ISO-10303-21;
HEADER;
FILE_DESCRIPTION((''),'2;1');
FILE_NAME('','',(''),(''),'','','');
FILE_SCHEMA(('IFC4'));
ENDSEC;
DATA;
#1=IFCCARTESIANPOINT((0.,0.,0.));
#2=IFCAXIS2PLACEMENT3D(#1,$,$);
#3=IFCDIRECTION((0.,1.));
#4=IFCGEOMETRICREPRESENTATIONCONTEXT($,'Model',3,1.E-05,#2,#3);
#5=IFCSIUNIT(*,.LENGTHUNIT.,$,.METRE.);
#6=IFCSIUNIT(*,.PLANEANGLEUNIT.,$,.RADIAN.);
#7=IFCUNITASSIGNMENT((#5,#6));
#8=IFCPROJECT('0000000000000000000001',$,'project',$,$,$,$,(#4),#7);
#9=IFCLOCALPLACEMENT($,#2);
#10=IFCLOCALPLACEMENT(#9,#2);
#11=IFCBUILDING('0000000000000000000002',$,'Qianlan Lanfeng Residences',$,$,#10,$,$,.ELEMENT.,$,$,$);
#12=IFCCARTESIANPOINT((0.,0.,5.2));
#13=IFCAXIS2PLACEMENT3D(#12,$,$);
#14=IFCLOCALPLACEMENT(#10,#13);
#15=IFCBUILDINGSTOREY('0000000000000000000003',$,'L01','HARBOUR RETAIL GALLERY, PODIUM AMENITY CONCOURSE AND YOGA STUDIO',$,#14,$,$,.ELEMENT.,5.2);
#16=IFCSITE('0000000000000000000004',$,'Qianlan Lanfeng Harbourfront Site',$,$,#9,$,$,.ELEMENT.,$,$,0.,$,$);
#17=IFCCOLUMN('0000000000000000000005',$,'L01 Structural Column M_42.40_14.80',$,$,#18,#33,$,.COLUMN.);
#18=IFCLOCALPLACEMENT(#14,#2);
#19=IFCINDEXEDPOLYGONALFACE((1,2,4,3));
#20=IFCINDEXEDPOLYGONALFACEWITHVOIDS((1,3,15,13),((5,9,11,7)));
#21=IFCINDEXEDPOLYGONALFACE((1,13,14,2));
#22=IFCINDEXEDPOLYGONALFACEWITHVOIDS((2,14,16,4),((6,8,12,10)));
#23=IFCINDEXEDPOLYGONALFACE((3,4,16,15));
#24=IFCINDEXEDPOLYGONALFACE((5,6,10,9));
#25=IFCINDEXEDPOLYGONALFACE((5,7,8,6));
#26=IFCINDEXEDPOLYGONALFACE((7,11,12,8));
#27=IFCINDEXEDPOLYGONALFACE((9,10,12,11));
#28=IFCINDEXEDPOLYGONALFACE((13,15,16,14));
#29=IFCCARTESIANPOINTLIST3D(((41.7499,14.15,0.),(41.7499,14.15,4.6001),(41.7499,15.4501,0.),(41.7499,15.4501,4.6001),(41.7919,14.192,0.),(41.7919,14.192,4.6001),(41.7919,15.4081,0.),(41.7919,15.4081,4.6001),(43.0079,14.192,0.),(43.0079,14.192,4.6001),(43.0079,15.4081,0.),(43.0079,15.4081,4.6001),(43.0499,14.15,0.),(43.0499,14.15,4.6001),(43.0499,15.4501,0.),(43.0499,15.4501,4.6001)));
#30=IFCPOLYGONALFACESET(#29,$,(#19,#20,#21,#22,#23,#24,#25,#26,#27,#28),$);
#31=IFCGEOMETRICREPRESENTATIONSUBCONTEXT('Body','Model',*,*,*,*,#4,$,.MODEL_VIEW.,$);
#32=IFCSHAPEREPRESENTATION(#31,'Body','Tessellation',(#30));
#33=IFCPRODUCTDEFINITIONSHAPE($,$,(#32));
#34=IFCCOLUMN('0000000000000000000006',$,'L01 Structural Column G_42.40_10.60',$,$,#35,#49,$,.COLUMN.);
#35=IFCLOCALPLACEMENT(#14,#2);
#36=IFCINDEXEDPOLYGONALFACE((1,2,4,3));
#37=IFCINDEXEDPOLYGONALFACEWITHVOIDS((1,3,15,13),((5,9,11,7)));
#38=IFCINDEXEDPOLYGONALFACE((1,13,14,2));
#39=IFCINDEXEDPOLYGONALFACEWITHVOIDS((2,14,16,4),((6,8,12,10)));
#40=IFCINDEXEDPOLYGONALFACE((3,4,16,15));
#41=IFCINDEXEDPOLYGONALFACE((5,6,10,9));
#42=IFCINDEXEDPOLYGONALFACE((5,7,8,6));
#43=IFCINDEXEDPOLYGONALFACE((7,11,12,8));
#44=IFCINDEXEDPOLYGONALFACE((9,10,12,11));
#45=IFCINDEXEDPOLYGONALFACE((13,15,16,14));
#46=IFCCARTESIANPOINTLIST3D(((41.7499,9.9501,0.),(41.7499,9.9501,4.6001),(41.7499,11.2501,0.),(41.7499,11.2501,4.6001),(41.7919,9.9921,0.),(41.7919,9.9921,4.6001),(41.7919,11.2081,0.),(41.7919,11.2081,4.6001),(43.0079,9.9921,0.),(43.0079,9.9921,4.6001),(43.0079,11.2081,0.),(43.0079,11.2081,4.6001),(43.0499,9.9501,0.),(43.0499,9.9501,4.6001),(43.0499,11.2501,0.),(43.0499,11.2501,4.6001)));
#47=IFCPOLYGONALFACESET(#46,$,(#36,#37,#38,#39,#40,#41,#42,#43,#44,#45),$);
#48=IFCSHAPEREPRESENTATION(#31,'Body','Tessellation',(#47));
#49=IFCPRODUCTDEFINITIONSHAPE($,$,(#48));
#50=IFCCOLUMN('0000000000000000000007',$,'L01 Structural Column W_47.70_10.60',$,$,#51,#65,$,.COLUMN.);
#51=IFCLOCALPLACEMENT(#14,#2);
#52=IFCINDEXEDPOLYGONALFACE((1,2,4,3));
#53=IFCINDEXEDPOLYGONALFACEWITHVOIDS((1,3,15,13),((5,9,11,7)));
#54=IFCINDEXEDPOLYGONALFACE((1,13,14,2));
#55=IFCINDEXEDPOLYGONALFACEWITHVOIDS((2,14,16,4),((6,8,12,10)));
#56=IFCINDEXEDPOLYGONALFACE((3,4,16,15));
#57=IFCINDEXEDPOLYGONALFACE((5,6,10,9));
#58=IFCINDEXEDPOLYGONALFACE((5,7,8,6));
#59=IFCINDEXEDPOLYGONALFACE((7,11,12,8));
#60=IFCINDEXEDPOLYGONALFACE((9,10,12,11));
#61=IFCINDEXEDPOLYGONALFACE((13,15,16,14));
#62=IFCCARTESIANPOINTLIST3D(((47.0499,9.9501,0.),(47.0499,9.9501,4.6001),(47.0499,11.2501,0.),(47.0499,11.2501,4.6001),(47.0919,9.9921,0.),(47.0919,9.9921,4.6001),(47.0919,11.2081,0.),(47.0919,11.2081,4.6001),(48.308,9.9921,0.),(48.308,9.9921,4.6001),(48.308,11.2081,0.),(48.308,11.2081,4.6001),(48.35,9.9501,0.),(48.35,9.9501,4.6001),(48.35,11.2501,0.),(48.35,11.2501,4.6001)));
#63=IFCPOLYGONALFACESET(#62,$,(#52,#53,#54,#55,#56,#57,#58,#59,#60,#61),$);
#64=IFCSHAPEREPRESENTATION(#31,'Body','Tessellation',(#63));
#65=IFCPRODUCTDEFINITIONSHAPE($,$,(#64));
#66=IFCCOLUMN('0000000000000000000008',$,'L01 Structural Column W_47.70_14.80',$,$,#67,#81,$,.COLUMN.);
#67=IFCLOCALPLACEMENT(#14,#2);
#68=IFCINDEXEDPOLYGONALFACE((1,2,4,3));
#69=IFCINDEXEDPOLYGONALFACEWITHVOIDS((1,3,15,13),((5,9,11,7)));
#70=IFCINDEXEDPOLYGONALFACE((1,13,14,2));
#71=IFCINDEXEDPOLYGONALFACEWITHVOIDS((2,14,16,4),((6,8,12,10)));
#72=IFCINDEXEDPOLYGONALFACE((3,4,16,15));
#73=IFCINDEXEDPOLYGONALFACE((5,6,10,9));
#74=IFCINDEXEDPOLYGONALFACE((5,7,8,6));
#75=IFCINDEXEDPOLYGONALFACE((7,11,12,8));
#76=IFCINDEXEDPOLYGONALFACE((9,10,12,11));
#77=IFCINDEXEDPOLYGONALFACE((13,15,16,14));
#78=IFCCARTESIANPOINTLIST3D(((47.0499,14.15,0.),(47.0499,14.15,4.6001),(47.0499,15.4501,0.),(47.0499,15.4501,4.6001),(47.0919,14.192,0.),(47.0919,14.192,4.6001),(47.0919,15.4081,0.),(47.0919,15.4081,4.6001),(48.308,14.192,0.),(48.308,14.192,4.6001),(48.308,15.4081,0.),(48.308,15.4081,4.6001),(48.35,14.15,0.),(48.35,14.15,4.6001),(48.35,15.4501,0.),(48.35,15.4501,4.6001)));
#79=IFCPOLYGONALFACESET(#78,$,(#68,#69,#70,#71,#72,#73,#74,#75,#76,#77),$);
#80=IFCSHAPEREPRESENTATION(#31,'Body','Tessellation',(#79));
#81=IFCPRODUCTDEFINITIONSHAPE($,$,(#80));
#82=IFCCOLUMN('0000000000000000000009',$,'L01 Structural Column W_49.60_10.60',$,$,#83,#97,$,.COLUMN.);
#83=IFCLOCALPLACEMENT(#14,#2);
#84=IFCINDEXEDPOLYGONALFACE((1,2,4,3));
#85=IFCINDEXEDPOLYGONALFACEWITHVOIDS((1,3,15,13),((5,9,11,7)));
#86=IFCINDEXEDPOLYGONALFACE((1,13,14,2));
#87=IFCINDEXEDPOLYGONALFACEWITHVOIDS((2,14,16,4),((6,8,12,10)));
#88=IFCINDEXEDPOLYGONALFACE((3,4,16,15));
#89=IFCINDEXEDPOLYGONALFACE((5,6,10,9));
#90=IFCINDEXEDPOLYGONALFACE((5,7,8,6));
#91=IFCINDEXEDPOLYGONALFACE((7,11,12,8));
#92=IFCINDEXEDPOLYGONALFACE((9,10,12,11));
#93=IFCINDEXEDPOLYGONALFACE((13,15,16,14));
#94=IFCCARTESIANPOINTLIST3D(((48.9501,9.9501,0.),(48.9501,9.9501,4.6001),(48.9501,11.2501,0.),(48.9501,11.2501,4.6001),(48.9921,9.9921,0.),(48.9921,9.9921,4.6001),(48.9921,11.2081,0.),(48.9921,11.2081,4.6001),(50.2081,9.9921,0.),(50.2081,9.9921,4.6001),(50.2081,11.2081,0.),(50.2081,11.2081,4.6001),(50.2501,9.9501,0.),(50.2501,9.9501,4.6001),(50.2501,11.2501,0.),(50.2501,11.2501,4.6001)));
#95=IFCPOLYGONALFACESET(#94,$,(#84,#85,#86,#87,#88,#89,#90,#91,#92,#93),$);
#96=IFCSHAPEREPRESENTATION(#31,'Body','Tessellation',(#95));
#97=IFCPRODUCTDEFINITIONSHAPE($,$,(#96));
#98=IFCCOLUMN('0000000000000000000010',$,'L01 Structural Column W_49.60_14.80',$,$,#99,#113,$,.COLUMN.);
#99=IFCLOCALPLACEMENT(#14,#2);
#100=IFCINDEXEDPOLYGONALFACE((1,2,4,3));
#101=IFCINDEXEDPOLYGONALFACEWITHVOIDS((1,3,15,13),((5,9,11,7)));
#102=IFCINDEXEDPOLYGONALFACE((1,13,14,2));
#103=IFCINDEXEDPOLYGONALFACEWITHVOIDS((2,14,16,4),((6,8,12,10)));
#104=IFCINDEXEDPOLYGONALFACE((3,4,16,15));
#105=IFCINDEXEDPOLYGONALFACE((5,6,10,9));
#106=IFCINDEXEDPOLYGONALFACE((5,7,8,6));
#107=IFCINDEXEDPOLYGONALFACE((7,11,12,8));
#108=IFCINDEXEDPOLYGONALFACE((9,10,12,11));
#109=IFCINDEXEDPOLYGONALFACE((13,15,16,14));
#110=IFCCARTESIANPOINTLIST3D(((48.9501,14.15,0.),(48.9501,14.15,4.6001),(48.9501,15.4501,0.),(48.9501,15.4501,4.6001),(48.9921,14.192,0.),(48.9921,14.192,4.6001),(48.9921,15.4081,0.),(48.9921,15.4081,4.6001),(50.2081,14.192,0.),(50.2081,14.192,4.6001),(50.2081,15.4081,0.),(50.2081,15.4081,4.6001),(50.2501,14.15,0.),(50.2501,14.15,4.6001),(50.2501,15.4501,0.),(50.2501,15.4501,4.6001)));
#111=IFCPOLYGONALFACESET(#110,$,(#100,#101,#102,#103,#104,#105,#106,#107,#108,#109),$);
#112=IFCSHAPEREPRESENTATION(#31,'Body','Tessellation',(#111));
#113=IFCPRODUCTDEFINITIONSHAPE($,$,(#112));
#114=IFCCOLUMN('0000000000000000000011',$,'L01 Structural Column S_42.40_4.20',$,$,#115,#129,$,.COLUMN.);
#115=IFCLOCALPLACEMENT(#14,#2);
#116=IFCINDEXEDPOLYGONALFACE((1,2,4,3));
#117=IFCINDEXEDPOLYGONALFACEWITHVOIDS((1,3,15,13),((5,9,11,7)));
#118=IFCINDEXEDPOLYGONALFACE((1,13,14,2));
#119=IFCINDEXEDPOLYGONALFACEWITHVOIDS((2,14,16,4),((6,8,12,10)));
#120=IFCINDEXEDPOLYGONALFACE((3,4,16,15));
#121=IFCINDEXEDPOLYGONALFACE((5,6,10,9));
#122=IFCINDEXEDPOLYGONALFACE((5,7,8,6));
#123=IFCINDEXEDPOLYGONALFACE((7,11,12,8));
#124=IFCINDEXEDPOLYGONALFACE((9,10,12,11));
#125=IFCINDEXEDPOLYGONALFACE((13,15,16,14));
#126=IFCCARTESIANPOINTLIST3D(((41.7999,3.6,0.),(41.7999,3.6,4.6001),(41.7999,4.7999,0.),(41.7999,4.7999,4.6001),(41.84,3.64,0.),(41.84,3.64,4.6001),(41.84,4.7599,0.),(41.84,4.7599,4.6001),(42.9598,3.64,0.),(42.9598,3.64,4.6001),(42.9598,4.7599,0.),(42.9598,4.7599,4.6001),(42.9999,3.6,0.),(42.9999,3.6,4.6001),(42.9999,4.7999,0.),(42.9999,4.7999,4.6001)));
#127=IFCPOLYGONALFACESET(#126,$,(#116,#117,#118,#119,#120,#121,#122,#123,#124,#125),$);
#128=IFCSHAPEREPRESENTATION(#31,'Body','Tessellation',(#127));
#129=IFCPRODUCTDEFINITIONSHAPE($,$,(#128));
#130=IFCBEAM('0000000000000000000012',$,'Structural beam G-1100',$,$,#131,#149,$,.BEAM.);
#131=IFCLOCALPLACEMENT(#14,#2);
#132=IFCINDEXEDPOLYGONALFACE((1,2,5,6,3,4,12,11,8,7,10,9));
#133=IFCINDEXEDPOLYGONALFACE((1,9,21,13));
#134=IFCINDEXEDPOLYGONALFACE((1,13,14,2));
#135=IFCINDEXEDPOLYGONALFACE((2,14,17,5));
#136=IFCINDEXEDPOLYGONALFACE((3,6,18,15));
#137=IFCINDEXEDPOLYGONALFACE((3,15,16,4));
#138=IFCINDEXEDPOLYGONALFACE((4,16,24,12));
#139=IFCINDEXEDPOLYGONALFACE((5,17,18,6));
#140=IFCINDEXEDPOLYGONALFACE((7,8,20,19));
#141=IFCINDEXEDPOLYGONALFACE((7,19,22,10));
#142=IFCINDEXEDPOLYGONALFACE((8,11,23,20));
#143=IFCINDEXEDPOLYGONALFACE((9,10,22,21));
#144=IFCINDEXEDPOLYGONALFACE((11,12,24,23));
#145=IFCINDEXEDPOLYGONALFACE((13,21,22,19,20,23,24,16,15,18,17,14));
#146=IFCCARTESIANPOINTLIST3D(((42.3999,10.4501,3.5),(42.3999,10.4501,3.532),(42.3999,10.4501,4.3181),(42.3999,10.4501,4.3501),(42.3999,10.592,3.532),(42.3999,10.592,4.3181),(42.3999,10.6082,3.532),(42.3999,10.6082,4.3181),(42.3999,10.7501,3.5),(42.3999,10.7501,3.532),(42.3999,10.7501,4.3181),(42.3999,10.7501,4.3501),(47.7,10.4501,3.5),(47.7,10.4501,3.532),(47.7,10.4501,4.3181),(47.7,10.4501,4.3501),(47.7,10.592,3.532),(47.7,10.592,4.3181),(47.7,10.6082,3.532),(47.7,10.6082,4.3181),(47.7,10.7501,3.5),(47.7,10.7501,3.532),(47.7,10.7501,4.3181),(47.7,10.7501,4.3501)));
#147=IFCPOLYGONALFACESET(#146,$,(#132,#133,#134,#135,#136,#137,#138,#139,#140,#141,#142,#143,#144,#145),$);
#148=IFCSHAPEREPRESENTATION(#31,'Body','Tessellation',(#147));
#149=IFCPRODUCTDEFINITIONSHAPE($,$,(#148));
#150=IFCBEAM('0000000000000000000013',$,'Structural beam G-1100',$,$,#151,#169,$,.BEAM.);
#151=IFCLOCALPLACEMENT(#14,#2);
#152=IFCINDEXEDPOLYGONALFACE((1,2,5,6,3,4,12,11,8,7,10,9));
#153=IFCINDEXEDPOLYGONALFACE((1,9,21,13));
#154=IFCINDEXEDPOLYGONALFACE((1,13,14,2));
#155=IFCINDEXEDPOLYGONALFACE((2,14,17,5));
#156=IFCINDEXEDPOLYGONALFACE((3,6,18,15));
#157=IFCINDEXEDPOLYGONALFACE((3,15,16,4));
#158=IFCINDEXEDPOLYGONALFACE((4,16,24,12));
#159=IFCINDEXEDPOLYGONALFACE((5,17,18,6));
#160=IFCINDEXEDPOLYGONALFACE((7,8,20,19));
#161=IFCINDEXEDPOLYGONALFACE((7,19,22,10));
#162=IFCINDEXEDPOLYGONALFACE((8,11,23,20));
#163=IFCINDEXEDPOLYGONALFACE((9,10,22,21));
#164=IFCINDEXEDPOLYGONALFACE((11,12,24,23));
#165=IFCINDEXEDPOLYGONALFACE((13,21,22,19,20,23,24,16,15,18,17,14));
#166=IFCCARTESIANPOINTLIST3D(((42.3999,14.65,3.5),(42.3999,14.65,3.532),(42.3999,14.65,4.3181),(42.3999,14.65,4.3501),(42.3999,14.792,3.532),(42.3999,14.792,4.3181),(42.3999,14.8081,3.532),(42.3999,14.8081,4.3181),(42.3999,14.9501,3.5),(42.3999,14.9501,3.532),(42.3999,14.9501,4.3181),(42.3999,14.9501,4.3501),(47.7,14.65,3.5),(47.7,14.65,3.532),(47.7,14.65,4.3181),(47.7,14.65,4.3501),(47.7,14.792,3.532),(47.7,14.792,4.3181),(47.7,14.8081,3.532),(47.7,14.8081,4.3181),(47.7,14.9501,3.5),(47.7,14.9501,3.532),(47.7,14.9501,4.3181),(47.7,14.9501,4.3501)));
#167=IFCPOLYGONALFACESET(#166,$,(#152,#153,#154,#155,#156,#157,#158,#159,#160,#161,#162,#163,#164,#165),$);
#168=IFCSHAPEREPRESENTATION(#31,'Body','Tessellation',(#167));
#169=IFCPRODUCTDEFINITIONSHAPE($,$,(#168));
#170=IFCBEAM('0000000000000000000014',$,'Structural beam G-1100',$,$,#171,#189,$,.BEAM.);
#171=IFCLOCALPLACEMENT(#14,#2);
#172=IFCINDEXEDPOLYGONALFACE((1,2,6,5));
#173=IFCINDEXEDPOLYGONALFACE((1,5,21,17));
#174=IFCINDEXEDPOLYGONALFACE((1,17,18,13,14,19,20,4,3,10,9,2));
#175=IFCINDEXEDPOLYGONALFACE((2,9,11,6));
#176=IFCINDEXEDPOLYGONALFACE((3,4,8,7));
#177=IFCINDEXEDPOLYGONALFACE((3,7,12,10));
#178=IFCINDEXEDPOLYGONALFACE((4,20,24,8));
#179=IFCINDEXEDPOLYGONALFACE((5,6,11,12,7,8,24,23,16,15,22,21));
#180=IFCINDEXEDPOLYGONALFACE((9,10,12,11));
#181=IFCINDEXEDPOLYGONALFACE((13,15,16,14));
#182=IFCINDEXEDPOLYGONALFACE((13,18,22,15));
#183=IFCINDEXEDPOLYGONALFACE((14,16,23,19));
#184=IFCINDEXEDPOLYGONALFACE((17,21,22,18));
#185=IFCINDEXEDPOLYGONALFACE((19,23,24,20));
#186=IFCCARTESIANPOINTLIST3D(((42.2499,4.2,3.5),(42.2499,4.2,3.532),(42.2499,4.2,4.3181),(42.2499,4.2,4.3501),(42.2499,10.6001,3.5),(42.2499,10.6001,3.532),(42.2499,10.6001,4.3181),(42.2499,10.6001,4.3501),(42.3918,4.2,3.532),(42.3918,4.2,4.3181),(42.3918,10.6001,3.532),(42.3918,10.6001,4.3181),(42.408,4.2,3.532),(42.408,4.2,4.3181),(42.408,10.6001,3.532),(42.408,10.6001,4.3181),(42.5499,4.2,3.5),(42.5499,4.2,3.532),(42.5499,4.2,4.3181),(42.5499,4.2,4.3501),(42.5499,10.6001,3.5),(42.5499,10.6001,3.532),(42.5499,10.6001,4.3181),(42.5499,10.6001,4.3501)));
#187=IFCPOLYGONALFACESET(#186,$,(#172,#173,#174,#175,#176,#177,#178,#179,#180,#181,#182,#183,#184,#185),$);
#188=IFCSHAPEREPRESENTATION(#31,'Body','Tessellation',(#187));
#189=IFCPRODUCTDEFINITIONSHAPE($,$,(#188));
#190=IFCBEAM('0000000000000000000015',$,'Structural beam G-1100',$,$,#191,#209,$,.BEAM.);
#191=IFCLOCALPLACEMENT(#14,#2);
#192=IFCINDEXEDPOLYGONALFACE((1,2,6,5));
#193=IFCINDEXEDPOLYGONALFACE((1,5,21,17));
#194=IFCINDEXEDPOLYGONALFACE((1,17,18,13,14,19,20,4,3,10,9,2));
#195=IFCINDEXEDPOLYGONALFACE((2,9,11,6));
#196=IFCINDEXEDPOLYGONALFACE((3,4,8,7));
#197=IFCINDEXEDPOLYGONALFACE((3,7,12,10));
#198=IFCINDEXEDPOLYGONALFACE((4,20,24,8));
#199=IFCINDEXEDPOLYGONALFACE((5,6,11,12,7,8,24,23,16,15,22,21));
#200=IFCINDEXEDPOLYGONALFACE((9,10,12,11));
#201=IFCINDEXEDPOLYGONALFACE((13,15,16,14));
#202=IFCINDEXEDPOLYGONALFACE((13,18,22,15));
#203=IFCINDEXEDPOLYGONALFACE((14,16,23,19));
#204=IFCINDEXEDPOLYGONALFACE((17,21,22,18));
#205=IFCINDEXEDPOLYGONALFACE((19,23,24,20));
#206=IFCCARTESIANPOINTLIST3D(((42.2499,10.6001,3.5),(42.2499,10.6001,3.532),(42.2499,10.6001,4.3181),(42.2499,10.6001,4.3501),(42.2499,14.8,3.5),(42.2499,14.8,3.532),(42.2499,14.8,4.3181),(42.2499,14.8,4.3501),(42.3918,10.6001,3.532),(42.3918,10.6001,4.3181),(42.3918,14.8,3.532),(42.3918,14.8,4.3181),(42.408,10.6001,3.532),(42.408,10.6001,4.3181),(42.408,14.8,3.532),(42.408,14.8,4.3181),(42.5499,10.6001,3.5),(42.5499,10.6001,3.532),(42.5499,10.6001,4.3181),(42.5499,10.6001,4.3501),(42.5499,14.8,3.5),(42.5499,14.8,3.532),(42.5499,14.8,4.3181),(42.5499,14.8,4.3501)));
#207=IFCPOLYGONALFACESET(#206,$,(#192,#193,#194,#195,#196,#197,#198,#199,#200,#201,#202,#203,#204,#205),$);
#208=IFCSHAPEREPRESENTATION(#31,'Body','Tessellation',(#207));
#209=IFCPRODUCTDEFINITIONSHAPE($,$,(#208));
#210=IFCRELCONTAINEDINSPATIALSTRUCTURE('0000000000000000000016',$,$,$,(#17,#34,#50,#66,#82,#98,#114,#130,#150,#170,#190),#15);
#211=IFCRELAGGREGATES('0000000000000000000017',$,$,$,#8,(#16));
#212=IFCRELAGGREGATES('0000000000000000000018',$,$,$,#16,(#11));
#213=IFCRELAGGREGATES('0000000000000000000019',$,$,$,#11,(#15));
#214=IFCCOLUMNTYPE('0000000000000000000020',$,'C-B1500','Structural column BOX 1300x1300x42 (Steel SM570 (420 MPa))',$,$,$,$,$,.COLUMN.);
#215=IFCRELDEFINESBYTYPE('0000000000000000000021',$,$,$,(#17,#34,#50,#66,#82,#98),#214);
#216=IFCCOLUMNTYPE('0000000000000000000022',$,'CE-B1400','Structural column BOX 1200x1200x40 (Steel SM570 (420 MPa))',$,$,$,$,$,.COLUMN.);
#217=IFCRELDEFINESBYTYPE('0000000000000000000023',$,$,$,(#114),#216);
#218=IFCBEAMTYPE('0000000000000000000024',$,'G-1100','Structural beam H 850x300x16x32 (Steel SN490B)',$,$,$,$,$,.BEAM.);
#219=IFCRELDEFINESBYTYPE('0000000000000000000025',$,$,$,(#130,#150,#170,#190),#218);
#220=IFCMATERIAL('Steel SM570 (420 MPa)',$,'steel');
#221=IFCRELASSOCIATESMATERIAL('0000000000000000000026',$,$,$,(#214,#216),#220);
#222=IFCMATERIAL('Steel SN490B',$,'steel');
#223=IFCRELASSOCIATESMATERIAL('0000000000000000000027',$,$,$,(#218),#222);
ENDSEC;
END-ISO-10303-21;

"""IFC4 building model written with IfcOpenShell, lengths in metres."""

from ifc_helpers import new_model, si_unit, direction, frame, origin, origin_2d, place, context, subcontext, project, spatial, hollow_rectangle, i_section, extrude, material, material_profile, profile_set, type_object, element, save


model = new_model("IFC4")

# Units and contexts
model_context = context("Model", 3, precision=1e-05, world=origin(), true_north=direction((0.0, 1.0)))
body_context = subcontext(model_context, "Body", "Model", "MODEL_VIEW")
ifc_project = project(units=[si_unit("LENGTHUNIT", "METRE"), si_unit("PLANEANGLEUNIT", "RADIAN")], contexts=[model_context])

# Site, building, storey
site_placement = place(None, origin())
site = spatial("IfcSite", under=ifc_project, at=site_placement, Name="Qianlan Lanfeng Harbourfront Site", CompositionType="ELEMENT", RefElevation=0.0)
building_placement = place(site_placement, origin())
building = spatial("IfcBuilding", under=site, at=building_placement, Name="Qianlan Lanfeng Residences", CompositionType="ELEMENT")
storey_placement = place(building_placement, frame((0.0, 0.0, 5.2)))
storey = spatial("IfcBuildingStorey", under=building, at=storey_placement, Name="L01", Description="HARBOUR RETAIL GALLERY, PODIUM AMENITY CONCOURSE AND YOGA STUDIO", CompositionType="ELEMENT", Elevation=5.2)

# Columns
ifc_material_1 = material(Name="Steel SM570 (420 MPa)", Category="steel")
ifc_material_profile_1 = material_profile(ifc_material_1, hollow_rectangle(XDim=1.3, YDim=1.3, WallThickness=0.042, at=origin_2d()), Name="BOX 1300x1300x42")
ifc_profile_set_1 = profile_set([ifc_material_profile_1], Name="Steel SM570 (420 MPa)")
column_type_1 = type_object("IfcColumnType", Name="C-B1500", Description="Structural column BOX 1300x1300x42 (Steel SM570 (420 MPa))", PredefinedType="COLUMN", material=ifc_profile_set_1)
for number, where, z_axis, x_axis, name in (
    (1, (42.3999, 14.8, 0.0), (0.0, 0.0, 1.0), (1.0, 0.0, 0.0), "L01 Structural Column M_42.40_14.80"),
    (2, (42.3999, 10.6001, 0.0), (0.0, 0.0, 1.0), (1.0, 0.0, 0.0), "L01 Structural Column G_42.40_10.60"),
    (3, (47.7, 10.6001, 0.0), (0.0, 0.0, 1.0), (1.0, 0.0, 0.0), "L01 Structural Column W_47.70_10.60"),
    (4, (47.7, 14.8, 0.0), (0.0, 0.0, 1.0), (1.0, 0.0, 0.0), "L01 Structural Column W_47.70_14.80"),
    (5, (49.6001, 10.6001, 0.0), (0.0, 0.0, 1.0), (1.0, 0.0, 0.0), "L01 Structural Column W_49.60_10.60"),
    (6, (49.6001, 14.8, 0.0), (0.0, 0.0, 1.0), (1.0, 0.0, 0.0), "L01 Structural Column W_49.60_14.80"),
):
    element("IfcColumn", number, at=place(storey_placement, frame(where, z_axis=z_axis, x_axis=x_axis)), inside=storey, type_object=column_type_1, Name=name, PredefinedType="COLUMN", context=body_context, shape_type="SweptSolid", body=[
        extrude(hollow_rectangle(XDim=1.3, YDim=1.3, WallThickness=0.042, at=origin_2d()), origin(), (0.0, 0.0, 1.0), 4.6001),
    ])
ifc_material_profile_2 = material_profile(ifc_material_1, hollow_rectangle(XDim=1.2, YDim=1.2, WallThickness=0.04, at=origin_2d()), Name="BOX 1200x1200x40")
ifc_profile_set_2 = profile_set([ifc_material_profile_2], Name="Steel SM570 (420 MPa)")
column_type_2 = type_object("IfcColumnType", Name="CE-B1400", Description="Structural column BOX 1200x1200x40 (Steel SM570 (420 MPa))", PredefinedType="COLUMN", material=ifc_profile_set_2)
column_placement = place(storey_placement, frame((42.3999, 4.2, 0.0), z_axis=(0.0, 0.0, 1.0), x_axis=(1.0, 0.0, 0.0)))
element("IfcColumn", 7, at=column_placement, inside=storey, type_object=column_type_2, Name="L01 Structural Column S_42.40_4.20", PredefinedType="COLUMN", context=body_context, shape_type="SweptSolid", body=[
    extrude(hollow_rectangle(XDim=1.2, YDim=1.2, WallThickness=0.04, at=origin_2d()), origin(), (0.0, 0.0, 1.0), 4.6001),
])

# Beams
ifc_material_2 = material(Name="Steel SN490B", Category="steel")
ifc_material_profile_3 = material_profile(ifc_material_2, i_section(OverallWidth=0.3, OverallDepth=0.8501, WebThickness=0.0161, FlangeThickness=0.032, at=origin_2d()), Name="H 850x300x16x32")
ifc_profile_set_3 = profile_set([ifc_material_profile_3], Name="Steel SN490B")
beam_type_1 = type_object("IfcBeamType", Name="G-1100", Description="Structural beam H 850x300x16x32 (Steel SN490B)", PredefinedType="BEAM", material=ifc_profile_set_3)
for number, where, z_axis, x_axis, name in (
    (8, (42.3999, 10.6001, 3.925), (1.0, 0.0, 0.0), (0.0, 1.0, 0.0), "Structural beam G-1100"),
    (9, (42.3999, 14.8, 3.925), (1.0, 0.0, 0.0), (0.0, 1.0, 0.0), "Structural beam G-1100"),
):
    element("IfcBeam", number, at=place(storey_placement, frame(where, z_axis=z_axis, x_axis=x_axis)), inside=storey, type_object=beam_type_1, Name=name, PredefinedType="BEAM", context=body_context, shape_type="SweptSolid", body=[
        extrude(i_section(OverallWidth=0.3, OverallDepth=0.8501, WebThickness=0.0161, FlangeThickness=0.032, at=origin_2d()), origin(), (0.0, 0.0, 1.0), 5.3),
    ])
beam_1_placement = place(storey_placement, frame((42.3999, 4.2, 3.925), z_axis=(0.0, 1.0, 0.0), x_axis=(-1.0, 0.0, 0.0)))
element("IfcBeam", 10, at=beam_1_placement, inside=storey, type_object=beam_type_1, Name="Structural beam G-1100", PredefinedType="BEAM", context=body_context, shape_type="SweptSolid", body=[
    extrude(i_section(OverallWidth=0.3, OverallDepth=0.8501, WebThickness=0.0161, FlangeThickness=0.032, at=origin_2d()), origin(), (0.0, 0.0, 1.0), 6.4001),
])
beam_2_placement = place(storey_placement, frame((42.3999, 10.6001, 3.925), z_axis=(0.0, 1.0, 0.0), x_axis=(-1.0, 0.0, 0.0)))
element("IfcBeam", 11, at=beam_2_placement, inside=storey, type_object=beam_type_1, Name="Structural beam G-1100", PredefinedType="BEAM", context=body_context, shape_type="SweptSolid", body=[
    extrude(i_section(OverallWidth=0.3, OverallDepth=0.8501, WebThickness=0.0161, FlangeThickness=0.032, at=origin_2d()), origin(), (0.0, 0.0, 1.0), 4.2),
])

save(model, "model.ifc")
